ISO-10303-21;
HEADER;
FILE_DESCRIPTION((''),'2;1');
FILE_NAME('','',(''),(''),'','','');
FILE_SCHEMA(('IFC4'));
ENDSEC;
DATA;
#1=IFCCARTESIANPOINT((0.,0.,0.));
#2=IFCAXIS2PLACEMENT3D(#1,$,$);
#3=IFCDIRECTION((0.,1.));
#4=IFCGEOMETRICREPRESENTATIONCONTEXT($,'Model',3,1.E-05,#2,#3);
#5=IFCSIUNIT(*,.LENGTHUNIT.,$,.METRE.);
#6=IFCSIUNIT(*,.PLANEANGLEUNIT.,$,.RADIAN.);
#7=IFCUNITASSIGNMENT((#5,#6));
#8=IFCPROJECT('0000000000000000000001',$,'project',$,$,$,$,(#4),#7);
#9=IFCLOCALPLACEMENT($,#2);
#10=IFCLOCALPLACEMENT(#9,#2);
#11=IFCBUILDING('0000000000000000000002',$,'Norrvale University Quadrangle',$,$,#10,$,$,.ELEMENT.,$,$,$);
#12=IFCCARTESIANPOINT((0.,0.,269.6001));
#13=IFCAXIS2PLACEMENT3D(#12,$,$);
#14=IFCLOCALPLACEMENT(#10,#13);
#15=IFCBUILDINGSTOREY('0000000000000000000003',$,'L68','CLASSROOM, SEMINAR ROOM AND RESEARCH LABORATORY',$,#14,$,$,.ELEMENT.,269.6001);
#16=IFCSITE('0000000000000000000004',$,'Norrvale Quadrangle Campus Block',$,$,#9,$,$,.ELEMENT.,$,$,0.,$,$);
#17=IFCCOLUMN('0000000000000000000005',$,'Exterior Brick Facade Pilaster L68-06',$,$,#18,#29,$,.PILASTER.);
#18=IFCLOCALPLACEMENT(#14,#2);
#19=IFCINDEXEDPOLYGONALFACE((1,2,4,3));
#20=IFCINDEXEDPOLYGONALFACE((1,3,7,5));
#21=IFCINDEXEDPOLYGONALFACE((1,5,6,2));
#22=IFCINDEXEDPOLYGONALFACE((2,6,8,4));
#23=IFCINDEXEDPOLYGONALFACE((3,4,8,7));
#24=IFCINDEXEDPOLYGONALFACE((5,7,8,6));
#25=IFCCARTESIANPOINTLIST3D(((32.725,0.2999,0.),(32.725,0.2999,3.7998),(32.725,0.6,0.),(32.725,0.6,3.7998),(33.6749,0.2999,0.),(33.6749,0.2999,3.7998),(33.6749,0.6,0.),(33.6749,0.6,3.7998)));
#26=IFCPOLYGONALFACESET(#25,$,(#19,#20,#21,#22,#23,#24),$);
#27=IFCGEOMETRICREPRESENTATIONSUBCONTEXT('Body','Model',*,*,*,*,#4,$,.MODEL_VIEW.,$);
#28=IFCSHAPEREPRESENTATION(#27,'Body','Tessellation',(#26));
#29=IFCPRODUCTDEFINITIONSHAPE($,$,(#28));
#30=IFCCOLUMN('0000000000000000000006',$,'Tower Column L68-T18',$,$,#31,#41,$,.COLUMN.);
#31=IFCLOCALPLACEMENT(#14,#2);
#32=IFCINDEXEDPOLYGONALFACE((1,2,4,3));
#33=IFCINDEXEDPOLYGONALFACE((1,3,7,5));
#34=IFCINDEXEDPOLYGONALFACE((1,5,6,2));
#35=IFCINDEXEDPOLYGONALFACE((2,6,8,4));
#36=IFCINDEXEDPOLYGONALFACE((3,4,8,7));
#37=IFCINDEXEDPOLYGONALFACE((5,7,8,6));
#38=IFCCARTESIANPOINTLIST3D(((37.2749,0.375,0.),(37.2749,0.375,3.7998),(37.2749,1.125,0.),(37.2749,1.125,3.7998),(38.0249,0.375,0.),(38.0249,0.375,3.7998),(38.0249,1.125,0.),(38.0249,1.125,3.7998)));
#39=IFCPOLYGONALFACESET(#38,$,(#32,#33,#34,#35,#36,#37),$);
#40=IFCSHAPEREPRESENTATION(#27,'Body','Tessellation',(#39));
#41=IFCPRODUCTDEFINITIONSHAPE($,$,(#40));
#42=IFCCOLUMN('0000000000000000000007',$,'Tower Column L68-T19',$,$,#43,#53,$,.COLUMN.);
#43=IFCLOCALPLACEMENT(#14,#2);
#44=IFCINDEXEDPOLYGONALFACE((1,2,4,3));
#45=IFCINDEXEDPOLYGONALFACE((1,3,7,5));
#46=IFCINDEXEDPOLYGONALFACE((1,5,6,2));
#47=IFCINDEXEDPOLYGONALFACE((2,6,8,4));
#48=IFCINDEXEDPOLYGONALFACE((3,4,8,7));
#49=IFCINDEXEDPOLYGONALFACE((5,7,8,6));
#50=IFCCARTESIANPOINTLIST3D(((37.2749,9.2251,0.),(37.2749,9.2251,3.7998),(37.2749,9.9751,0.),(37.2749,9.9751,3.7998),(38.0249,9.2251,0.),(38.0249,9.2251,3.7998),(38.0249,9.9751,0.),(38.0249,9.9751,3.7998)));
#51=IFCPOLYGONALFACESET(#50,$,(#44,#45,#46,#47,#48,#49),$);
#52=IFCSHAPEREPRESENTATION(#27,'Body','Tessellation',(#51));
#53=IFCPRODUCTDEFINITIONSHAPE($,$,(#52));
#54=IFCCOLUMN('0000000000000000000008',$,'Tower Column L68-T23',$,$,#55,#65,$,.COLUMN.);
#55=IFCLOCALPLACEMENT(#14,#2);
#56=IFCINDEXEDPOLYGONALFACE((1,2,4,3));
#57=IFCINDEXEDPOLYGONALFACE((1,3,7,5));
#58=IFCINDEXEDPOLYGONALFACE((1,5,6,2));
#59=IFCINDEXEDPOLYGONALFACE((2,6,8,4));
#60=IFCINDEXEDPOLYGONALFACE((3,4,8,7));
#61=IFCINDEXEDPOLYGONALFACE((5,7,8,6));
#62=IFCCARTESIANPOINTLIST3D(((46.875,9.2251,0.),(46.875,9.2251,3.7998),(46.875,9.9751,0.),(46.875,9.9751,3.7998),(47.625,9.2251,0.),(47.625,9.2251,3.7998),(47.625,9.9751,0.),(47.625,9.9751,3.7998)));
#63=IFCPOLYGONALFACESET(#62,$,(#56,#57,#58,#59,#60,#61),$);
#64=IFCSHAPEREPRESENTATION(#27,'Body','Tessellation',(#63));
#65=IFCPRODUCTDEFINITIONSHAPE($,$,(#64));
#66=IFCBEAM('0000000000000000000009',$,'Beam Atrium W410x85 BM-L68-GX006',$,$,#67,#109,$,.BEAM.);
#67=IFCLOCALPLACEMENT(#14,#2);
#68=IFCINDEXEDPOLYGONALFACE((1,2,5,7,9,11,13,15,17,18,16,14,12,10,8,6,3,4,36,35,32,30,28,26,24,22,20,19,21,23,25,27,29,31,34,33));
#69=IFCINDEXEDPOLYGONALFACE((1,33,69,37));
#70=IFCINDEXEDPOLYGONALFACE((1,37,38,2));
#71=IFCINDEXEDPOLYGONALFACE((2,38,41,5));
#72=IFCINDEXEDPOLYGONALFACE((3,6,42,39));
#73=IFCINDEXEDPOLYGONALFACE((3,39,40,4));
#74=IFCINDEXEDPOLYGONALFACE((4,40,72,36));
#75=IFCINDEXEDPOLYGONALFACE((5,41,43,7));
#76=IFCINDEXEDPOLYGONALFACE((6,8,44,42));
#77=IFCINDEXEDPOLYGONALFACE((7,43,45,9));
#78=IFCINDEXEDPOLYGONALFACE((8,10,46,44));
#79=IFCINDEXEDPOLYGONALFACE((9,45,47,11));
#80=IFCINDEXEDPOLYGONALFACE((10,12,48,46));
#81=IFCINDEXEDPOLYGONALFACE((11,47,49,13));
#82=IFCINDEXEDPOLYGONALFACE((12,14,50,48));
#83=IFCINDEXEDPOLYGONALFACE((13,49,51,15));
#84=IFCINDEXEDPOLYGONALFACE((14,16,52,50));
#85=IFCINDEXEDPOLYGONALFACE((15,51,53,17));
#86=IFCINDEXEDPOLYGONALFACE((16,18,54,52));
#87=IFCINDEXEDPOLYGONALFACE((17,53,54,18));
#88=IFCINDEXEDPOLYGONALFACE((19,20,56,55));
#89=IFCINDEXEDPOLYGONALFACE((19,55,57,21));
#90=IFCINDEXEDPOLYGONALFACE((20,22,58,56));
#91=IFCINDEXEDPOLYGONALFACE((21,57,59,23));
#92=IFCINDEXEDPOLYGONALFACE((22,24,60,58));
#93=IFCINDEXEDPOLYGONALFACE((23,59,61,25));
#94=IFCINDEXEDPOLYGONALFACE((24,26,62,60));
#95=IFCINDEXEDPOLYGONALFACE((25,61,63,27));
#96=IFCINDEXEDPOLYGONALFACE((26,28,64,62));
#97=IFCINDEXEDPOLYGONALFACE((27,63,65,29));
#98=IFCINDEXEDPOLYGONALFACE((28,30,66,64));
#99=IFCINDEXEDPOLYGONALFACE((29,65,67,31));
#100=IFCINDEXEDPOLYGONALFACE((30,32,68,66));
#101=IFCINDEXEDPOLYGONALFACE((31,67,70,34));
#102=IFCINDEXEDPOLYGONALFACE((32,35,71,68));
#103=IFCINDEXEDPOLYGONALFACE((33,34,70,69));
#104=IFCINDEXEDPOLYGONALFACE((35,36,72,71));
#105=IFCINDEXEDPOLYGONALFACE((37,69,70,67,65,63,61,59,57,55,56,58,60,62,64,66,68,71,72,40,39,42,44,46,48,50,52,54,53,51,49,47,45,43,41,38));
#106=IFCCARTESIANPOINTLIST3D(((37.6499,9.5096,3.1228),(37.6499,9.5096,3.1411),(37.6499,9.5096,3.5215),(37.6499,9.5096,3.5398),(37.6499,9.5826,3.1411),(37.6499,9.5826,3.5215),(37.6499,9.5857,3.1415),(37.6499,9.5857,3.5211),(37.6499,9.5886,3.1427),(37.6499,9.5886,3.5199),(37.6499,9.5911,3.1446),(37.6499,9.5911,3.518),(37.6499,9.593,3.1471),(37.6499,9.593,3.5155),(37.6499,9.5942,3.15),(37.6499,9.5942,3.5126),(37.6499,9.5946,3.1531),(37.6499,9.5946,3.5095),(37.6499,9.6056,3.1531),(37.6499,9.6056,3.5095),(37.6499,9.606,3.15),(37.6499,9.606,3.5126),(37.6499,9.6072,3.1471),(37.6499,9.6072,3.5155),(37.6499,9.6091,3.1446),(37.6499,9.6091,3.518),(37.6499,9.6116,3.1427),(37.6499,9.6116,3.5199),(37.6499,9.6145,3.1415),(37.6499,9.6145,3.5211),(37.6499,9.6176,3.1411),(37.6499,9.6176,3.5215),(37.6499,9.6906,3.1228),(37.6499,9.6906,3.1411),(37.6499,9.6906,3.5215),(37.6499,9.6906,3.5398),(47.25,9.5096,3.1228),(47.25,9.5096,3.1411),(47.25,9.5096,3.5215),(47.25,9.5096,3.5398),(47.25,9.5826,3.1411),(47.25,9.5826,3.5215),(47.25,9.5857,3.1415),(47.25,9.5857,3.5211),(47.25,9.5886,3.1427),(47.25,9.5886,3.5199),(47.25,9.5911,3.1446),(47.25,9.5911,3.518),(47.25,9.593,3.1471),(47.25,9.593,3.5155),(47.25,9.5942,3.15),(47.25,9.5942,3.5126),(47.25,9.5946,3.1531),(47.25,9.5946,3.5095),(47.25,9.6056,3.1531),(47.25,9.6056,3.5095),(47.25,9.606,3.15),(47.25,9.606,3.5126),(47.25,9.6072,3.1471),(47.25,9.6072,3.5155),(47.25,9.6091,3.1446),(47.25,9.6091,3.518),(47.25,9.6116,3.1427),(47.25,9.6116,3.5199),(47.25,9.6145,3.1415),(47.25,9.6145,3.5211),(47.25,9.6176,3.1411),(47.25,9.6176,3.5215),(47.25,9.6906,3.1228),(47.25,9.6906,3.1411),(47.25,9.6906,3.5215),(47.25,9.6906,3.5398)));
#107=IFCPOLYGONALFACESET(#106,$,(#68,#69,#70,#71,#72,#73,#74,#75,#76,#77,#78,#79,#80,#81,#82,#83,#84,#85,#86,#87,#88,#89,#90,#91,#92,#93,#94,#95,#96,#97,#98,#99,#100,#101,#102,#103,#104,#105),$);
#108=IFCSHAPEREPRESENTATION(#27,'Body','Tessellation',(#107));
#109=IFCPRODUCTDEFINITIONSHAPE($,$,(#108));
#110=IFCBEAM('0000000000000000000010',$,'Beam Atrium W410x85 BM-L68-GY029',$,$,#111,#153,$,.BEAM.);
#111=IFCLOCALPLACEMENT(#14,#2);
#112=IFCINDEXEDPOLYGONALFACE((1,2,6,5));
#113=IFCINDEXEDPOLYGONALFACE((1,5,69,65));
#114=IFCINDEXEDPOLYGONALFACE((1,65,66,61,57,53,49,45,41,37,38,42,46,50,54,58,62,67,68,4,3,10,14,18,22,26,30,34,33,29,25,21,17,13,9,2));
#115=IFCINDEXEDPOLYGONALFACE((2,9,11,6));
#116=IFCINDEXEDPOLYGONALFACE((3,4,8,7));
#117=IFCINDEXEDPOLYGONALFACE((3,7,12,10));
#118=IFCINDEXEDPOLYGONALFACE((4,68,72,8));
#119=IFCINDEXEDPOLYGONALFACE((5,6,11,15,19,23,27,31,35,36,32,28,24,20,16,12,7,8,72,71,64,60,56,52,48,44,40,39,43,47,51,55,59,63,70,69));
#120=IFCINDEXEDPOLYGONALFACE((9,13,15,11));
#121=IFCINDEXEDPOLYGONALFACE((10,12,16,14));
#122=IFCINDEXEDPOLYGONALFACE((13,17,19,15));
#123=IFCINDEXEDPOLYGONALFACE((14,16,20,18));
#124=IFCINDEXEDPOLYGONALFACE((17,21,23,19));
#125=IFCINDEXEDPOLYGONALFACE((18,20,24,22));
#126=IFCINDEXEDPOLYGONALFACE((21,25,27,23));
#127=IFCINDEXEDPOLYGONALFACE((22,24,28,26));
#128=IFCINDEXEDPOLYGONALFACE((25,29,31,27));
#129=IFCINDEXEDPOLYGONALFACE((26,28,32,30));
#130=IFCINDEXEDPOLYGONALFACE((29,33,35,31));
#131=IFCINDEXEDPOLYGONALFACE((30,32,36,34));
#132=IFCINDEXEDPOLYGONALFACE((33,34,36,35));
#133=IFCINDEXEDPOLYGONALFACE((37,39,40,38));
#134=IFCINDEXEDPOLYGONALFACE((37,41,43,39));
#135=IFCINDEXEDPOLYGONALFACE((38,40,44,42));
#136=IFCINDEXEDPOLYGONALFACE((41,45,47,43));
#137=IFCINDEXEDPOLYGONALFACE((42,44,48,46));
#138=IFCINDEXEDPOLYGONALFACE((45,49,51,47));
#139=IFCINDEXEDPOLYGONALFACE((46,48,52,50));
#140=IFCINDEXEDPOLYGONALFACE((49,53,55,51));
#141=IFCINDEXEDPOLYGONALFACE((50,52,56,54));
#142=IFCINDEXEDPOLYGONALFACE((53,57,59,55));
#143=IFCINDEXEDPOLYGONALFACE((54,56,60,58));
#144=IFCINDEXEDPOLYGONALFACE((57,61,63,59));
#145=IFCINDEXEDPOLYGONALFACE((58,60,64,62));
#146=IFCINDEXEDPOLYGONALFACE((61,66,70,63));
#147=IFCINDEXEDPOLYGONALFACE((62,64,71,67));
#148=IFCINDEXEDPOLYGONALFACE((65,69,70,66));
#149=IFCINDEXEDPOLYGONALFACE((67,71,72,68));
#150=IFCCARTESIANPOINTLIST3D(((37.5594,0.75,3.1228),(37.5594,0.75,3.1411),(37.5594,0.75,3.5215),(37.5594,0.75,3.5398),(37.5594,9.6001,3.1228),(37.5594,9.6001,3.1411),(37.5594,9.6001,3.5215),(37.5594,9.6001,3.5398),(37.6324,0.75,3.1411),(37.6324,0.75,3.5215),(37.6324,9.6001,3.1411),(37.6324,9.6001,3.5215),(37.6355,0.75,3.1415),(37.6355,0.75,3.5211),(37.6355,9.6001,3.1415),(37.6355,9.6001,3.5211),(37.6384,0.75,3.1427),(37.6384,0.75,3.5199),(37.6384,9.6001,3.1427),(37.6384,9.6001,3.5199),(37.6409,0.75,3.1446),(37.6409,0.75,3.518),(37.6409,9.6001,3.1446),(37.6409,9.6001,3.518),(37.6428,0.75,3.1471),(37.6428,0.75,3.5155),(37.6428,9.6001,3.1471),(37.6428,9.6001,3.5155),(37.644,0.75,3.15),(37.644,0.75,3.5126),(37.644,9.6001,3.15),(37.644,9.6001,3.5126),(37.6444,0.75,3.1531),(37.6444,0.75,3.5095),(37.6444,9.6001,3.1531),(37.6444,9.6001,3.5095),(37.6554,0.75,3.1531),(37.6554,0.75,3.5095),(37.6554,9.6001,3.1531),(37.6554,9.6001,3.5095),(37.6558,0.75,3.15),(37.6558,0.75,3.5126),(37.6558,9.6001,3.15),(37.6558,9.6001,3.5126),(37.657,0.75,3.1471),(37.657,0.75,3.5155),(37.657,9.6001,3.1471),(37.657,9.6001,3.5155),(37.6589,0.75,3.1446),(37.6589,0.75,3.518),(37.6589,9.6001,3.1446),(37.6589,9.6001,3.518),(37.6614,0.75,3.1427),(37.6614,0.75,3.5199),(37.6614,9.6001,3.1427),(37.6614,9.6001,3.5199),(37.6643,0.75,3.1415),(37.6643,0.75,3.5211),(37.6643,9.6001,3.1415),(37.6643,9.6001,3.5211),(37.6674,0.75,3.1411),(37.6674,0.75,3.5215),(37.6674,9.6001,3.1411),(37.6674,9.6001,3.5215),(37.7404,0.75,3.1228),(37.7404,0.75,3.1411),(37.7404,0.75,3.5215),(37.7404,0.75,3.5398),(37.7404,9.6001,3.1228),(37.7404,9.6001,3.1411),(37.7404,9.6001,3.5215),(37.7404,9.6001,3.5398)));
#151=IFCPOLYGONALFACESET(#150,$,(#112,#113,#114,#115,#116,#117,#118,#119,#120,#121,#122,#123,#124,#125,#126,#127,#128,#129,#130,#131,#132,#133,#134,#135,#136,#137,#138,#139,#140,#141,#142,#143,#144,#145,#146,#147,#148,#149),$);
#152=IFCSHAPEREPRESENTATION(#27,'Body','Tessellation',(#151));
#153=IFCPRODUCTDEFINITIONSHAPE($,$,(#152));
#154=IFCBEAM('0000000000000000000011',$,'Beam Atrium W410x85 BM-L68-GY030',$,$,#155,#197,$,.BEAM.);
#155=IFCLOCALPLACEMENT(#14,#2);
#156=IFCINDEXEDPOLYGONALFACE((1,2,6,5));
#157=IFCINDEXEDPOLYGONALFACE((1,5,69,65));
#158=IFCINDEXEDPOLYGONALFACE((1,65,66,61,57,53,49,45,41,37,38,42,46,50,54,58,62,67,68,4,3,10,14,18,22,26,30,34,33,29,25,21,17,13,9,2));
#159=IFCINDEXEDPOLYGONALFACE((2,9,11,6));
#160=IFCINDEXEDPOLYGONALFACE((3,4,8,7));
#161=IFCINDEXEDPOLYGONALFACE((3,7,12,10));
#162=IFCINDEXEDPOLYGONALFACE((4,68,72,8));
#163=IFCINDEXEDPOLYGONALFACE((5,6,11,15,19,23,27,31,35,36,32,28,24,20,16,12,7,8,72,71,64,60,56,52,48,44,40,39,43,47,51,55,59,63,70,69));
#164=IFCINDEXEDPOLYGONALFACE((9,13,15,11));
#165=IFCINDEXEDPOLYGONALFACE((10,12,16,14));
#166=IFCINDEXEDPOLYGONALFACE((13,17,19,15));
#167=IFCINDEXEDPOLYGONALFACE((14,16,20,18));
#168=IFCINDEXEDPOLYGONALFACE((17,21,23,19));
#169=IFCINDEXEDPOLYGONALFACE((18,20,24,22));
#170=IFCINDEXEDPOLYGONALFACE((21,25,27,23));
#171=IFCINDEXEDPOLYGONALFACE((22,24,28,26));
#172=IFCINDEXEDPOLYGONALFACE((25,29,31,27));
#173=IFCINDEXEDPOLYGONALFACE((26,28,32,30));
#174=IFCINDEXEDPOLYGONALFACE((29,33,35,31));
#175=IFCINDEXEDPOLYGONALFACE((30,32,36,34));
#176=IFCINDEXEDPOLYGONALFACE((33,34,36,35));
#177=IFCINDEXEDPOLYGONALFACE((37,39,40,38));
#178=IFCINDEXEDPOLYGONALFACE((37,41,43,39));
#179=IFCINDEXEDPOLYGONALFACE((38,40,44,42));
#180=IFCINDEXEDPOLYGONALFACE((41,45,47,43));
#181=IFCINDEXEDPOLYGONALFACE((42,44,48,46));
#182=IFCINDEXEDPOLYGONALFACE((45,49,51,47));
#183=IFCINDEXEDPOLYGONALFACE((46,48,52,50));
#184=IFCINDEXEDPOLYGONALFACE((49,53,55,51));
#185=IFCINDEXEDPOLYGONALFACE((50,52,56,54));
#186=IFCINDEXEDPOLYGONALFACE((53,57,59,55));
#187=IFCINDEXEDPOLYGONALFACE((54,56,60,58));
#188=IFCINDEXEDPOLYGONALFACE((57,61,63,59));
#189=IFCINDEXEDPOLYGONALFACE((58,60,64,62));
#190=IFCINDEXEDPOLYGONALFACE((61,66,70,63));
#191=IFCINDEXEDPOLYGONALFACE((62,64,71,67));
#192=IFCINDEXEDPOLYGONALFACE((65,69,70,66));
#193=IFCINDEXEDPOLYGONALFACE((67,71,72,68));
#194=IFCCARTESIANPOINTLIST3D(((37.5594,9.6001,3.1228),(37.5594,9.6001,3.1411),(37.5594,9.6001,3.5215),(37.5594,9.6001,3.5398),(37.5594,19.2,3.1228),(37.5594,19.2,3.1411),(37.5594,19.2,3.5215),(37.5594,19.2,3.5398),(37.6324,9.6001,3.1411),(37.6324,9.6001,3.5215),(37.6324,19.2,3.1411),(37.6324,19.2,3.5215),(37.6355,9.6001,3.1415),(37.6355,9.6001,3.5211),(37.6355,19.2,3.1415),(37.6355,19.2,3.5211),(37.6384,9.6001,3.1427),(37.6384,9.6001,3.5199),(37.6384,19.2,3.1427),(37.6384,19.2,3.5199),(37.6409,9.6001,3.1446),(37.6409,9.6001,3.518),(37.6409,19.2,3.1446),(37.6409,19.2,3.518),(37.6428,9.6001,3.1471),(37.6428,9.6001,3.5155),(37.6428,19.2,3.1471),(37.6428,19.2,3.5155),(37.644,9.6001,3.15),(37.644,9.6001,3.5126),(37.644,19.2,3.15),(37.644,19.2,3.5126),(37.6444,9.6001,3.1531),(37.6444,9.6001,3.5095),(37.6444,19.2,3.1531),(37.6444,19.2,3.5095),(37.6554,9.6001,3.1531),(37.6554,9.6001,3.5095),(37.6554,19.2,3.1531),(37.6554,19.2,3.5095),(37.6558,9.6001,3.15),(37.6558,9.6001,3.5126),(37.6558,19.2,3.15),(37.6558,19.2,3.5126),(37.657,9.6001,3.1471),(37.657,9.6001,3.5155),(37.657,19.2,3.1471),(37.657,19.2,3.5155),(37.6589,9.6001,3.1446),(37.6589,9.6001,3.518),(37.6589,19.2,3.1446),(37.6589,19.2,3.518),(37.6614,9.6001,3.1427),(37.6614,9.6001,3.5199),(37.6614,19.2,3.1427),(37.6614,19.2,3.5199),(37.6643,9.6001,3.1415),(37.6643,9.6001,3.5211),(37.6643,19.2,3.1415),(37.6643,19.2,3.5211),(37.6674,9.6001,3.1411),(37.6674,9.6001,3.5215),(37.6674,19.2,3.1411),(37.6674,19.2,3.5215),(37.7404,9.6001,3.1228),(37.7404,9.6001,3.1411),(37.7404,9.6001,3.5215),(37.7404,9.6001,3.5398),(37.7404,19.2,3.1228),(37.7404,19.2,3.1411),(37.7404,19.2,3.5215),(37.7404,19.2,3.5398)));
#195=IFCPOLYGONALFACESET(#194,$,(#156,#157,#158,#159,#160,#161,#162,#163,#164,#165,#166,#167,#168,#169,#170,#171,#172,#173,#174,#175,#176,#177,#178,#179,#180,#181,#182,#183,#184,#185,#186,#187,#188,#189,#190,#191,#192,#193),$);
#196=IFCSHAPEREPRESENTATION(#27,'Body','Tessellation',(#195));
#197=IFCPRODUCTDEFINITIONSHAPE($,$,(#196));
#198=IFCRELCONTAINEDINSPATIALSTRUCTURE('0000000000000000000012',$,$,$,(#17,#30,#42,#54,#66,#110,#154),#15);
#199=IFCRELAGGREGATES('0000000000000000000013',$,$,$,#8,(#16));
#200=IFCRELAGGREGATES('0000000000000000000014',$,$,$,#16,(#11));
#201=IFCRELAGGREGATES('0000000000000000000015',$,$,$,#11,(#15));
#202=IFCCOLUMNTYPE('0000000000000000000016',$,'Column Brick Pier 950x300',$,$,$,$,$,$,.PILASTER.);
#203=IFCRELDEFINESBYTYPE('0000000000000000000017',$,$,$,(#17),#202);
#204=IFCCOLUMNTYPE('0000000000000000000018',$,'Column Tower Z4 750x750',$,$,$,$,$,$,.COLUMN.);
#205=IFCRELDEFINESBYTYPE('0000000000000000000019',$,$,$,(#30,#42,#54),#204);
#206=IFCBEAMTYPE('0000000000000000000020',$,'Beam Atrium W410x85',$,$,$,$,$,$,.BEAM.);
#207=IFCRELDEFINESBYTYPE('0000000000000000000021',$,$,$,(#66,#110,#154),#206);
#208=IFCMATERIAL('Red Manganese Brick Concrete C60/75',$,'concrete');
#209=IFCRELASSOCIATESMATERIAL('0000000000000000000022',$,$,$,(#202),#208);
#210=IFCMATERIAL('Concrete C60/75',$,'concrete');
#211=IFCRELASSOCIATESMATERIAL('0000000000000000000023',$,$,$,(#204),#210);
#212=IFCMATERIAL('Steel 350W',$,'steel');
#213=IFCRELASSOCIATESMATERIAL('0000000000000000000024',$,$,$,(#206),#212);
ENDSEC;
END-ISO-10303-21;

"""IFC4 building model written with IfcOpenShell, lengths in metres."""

from ifc_helpers import new_model, si_unit, direction, frame, origin, origin_2d, place, context, subcontext, project, spatial, rectangle, i_section, extrude, material, material_profile, profile_set, type_object, element, save


model = new_model("IFC4")

# Units and contexts
model_context = context("Model", 3, precision=1e-05, world=origin(), true_north=direction((0.0, 1.0)))
body_context = subcontext(model_context, "Body", "Model", "MODEL_VIEW")
ifc_project = project(units=[si_unit("LENGTHUNIT", "METRE"), si_unit("PLANEANGLEUNIT", "RADIAN")], contexts=[model_context])

# Site, building, storey
site_placement = place(None, origin())
site = spatial("IfcSite", under=ifc_project, at=site_placement, Name="Norrvale Quadrangle Campus Block", CompositionType="ELEMENT", RefElevation=0.0)
building_placement = place(site_placement, origin())
building = spatial("IfcBuilding", under=site, at=building_placement, Name="Norrvale University Quadrangle", CompositionType="ELEMENT")
storey_placement = place(building_placement, frame((0.0, 0.0, 269.6001)))
storey = spatial("IfcBuildingStorey", under=building, at=storey_placement, Name="L68", Description="CLASSROOM, SEMINAR ROOM AND RESEARCH LABORATORY", CompositionType="ELEMENT", Elevation=269.6001)

# Columns
ifc_material_1 = material(Name="Red Manganese Brick Concrete C60/75", Category="concrete")
ifc_material_profile_1 = material_profile(ifc_material_1, rectangle(XDim=0.95, YDim=0.3, at=origin_2d()), Name="Red Manganese Brick Concrete C60/75")
ifc_profile_set_1 = profile_set([ifc_material_profile_1], Name="Red Manganese Brick Concrete C60/75")
column_type_1 = type_object("IfcColumnType", Name="Column Brick Pier 950x300", PredefinedType="PILASTER", material=ifc_profile_set_1)
column_placement = place(storey_placement, frame((33.2, 0.45, 0.0), z_axis=(0.0, 0.0, 1.0), x_axis=(1.0, 0.0, 0.0)))
element("IfcColumn", 1, at=column_placement, inside=storey, type_object=column_type_1, Name="Exterior Brick Facade Pilaster L68-06", PredefinedType="PILASTER", context=body_context, shape_type="SweptSolid", body=[
    extrude(rectangle(XDim=0.95, YDim=0.3, at=origin_2d()), origin(), (0.0, 0.0, 1.0), 3.7998),
])
ifc_material_2 = material(Name="Concrete C60/75", Category="concrete")
ifc_material_profile_2 = material_profile(ifc_material_2, rectangle(XDim=0.75, YDim=0.75, at=origin_2d()), Name="Concrete C60/75")
ifc_profile_set_2 = profile_set([ifc_material_profile_2], Name="Concrete C60/75")
column_type_2 = type_object("IfcColumnType", Name="Column Tower Z4 750x750", PredefinedType="COLUMN", material=ifc_profile_set_2)
for number, where, z_axis, x_axis, name in (
    (2, (37.6499, 0.75, 0.0), (0.0, 0.0, 1.0), (1.0, 0.0, 0.0), "Tower Column L68-T18"),
    (3, (37.6499, 9.6001, 0.0), (0.0, 0.0, 1.0), (1.0, 0.0, 0.0), "Tower Column L68-T19"),
    (4, (47.25, 9.6001, 0.0), (0.0, 0.0, 1.0), (1.0, 0.0, 0.0), "Tower Column L68-T23"),
):
    element("IfcColumn", number, at=place(storey_placement, frame(where, z_axis=z_axis, x_axis=x_axis)), inside=storey, type_object=column_type_2, Name=name, PredefinedType="COLUMN", context=body_context, shape_type="SweptSolid", body=[
        extrude(rectangle(XDim=0.75, YDim=0.75, at=origin_2d()), origin(), (0.0, 0.0, 1.0), 3.7998),
    ])

# Beams
ifc_material_3 = material(Name="Steel 350W", Category="steel")
ifc_material_profile_3 = material_profile(ifc_material_3, i_section(OverallWidth=0.1809, OverallDepth=0.417, WebThickness=0.011, FlangeThickness=0.0183, FilletRadius=0.012, at=origin_2d()), Name="Steel 350W")
ifc_profile_set_3 = profile_set([ifc_material_profile_3], Name="Steel 350W")
beam_type = type_object("IfcBeamType", Name="Beam Atrium W410x85", PredefinedType="BEAM", material=ifc_profile_set_3)
beam_1_placement = place(storey_placement, frame((37.6499, 9.6001, 3.3313), z_axis=(1.0, 0.0, 0.0), x_axis=(0.0, 1.0, 0.0)))
element("IfcBeam", 5, at=beam_1_placement, inside=storey, type_object=beam_type, Name="Beam Atrium W410x85 BM-L68-GX006", PredefinedType="BEAM", context=body_context, shape_type="SweptSolid", body=[
    extrude(i_section(OverallWidth=0.1809, OverallDepth=0.417, WebThickness=0.011, FlangeThickness=0.0183, FilletRadius=0.012, at=origin_2d()), origin(), (0.0, 0.0, 1.0), 9.6001),
])
beam_2_placement = place(storey_placement, frame((37.6499, 0.75, 3.3313), z_axis=(0.0, 1.0, 0.0), x_axis=(-1.0, 0.0, 0.0)))
element("IfcBeam", 6, at=beam_2_placement, inside=storey, type_object=beam_type, Name="Beam Atrium W410x85 BM-L68-GY029", PredefinedType="BEAM", context=body_context, shape_type="SweptSolid", body=[
    extrude(i_section(OverallWidth=0.1809, OverallDepth=0.417, WebThickness=0.011, FlangeThickness=0.0183, FilletRadius=0.012, at=origin_2d()), origin(), (0.0, 0.0, 1.0), 8.8501),
])
for number, where, z_axis, x_axis, name in (
    (7, (37.6499, 9.6001, 3.3313), (0.0, 1.0, 0.0), (-1.0, 0.0, 0.0), "Beam Atrium W410x85 BM-L68-GY030"),
):
    element("IfcBeam", number, at=place(storey_placement, frame(where, z_axis=z_axis, x_axis=x_axis)), inside=storey, type_object=beam_type, Name=name, PredefinedType="BEAM", context=body_context, shape_type="SweptSolid", body=[
        extrude(i_section(OverallWidth=0.1809, OverallDepth=0.417, WebThickness=0.011, FlangeThickness=0.0183, FilletRadius=0.012, at=origin_2d()), origin(), (0.0, 0.0, 1.0), 9.5999),
    ])

save(model, "model.ifc")
